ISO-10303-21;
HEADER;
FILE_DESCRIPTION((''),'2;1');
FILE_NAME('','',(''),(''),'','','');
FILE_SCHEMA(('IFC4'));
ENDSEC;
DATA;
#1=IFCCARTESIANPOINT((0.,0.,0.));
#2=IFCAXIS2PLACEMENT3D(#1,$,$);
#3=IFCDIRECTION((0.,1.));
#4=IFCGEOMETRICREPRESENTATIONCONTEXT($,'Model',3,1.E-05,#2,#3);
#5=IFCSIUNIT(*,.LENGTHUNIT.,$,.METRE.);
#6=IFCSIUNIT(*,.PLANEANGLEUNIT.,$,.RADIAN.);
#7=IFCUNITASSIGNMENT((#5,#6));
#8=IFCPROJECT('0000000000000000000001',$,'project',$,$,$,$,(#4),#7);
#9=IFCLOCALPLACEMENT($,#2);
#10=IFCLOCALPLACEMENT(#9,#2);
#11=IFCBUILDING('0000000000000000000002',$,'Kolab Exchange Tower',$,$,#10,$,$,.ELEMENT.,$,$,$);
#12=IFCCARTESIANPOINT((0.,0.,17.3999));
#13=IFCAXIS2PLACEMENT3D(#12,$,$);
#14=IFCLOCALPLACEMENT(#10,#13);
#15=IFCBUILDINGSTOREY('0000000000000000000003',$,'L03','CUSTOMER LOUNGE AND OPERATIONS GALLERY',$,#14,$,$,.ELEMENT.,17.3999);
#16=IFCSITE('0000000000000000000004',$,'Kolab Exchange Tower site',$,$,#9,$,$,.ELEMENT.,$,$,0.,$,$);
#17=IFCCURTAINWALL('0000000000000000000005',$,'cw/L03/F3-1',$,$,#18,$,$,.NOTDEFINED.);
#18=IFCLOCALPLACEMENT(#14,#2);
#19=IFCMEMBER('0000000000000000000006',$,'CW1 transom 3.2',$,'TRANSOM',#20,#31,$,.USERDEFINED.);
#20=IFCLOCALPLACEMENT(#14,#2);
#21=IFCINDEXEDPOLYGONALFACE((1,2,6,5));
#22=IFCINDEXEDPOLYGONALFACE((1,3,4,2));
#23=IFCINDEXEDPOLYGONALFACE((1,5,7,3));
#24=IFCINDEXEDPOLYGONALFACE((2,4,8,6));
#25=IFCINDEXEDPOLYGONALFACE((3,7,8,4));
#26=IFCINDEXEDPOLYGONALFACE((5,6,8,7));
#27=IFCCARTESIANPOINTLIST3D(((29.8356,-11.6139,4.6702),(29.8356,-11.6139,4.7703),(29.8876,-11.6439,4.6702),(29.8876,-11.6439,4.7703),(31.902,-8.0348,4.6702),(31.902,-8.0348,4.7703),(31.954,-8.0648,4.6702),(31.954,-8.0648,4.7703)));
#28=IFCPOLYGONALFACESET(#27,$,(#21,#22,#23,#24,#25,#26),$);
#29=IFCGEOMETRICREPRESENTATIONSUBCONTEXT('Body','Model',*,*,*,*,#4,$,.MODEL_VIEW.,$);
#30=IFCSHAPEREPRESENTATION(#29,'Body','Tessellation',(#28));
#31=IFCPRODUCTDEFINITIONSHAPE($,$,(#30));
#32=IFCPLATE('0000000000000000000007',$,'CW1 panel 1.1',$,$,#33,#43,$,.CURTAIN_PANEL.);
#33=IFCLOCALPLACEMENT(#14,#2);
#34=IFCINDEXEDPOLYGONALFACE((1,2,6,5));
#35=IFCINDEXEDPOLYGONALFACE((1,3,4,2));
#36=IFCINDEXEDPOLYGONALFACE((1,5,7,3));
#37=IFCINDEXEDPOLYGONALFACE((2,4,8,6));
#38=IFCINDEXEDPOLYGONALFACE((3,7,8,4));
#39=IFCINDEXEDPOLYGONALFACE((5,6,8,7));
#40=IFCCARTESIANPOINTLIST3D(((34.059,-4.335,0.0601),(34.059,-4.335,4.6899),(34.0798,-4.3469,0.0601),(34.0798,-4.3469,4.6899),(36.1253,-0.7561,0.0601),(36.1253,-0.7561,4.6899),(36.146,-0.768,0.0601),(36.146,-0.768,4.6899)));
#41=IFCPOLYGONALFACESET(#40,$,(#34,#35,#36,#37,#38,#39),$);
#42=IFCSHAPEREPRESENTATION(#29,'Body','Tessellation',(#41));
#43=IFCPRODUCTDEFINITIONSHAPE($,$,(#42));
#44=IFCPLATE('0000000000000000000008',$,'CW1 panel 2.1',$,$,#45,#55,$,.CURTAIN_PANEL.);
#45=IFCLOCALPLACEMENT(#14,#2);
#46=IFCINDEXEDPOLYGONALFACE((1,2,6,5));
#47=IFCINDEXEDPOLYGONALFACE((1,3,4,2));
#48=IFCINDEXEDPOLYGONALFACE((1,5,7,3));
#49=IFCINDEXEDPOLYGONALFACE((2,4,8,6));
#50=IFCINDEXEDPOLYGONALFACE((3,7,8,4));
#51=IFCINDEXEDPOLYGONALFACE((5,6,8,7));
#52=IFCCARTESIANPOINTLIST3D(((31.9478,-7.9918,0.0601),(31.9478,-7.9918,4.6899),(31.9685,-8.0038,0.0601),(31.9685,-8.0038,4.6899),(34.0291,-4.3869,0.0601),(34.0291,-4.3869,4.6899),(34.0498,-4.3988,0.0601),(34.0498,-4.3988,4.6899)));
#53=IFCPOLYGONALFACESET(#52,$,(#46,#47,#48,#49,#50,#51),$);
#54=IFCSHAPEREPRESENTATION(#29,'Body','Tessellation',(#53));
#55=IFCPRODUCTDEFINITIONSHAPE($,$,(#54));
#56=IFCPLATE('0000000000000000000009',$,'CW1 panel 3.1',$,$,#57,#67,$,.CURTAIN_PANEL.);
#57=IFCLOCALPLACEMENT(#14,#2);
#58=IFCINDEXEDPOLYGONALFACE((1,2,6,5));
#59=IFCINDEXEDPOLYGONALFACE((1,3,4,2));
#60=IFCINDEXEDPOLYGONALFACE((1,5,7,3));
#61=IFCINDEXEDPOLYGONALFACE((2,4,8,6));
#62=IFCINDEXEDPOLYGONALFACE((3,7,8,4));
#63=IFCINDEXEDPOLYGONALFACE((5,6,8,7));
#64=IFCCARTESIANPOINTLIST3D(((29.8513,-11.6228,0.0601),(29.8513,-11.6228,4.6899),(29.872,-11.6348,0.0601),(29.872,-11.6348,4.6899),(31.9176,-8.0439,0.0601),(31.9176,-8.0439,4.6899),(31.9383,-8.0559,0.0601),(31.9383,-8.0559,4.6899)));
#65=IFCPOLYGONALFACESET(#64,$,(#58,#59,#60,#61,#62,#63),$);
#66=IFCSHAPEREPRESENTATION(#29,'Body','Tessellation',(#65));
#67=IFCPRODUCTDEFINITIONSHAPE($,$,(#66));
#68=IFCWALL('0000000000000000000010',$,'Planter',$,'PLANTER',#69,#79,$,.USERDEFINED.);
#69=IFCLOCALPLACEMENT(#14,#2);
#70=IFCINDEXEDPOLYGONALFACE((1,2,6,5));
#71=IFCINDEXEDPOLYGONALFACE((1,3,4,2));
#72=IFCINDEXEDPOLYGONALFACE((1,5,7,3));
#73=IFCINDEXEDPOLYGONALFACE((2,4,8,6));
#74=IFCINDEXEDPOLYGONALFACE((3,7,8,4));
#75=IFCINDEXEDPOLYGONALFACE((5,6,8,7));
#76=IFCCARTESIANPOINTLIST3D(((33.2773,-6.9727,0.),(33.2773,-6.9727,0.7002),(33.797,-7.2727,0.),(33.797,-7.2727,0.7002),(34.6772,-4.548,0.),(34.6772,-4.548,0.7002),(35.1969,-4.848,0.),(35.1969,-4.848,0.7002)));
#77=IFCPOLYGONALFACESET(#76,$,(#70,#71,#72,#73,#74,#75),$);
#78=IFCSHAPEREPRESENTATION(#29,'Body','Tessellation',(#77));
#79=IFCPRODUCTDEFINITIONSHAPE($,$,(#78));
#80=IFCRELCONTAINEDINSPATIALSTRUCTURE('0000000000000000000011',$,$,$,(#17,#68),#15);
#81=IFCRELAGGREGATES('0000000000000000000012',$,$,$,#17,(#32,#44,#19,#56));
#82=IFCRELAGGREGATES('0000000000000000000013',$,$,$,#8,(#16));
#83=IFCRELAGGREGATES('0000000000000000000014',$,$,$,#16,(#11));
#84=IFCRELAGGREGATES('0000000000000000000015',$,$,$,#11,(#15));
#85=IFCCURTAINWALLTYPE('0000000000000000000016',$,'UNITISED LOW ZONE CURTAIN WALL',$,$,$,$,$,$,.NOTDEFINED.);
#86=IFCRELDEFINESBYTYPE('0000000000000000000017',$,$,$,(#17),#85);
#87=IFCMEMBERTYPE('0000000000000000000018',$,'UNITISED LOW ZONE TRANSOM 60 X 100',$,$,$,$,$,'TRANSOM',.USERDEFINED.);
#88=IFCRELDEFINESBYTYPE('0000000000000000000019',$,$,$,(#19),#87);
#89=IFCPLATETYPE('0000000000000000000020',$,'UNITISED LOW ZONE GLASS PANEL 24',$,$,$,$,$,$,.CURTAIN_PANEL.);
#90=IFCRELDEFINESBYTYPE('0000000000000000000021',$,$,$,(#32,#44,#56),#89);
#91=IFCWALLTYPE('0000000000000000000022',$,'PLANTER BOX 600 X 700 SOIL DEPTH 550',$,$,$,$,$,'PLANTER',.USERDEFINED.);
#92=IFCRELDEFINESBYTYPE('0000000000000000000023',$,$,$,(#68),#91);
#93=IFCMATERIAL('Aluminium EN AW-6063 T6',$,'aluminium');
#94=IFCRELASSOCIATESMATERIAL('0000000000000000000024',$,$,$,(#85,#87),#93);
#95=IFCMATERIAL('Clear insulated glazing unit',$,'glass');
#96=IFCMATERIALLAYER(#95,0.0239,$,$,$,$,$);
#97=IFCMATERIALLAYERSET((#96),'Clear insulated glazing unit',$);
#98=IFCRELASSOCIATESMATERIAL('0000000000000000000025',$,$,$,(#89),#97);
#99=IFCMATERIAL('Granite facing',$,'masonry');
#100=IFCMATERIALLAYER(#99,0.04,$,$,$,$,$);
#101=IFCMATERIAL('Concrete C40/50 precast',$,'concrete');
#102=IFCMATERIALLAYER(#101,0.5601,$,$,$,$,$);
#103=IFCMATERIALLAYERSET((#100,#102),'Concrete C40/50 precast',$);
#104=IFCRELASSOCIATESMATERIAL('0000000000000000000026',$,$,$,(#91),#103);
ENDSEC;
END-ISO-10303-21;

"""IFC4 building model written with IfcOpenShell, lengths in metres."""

from ifc_helpers import new_model, si_unit, direction, frame, frame_2d, origin, origin_2d, place, context, subcontext, project, spatial, rectangle, extrude, material, layer, layer_set, material_profile, profile_set, type_object, element, aggregate, save


model = new_model("IFC4")

# Units and contexts
model_context = context("Model", 3, precision=1e-05, world=origin(), true_north=direction((0.0, 1.0)))
body_context = subcontext(model_context, "Body", "Model", "MODEL_VIEW")
ifc_project = project(units=[si_unit("LENGTHUNIT", "METRE"), si_unit("PLANEANGLEUNIT", "RADIAN")], contexts=[model_context])

# Site, building, storey
site_placement = place(None, origin())
site = spatial("IfcSite", under=ifc_project, at=site_placement, Name="Kolab Exchange Tower site", CompositionType="ELEMENT", RefElevation=0.0)
building_placement = place(site_placement, origin())
building = spatial("IfcBuilding", under=site, at=building_placement, Name="Kolab Exchange Tower", CompositionType="ELEMENT")
storey_placement = place(building_placement, frame((0.0, 0.0, 17.3999)))
storey = spatial("IfcBuildingStorey", under=building, at=storey_placement, Name="L03", Description="CUSTOMER LOUNGE AND OPERATIONS GALLERY", CompositionType="ELEMENT", Elevation=17.3999)

# Curtain wall
ifc_material_1 = material(Name="Aluminium EN AW-6063 T6", Category="aluminium")
curtain_wall_type = type_object("IfcCurtainWallType", Name="UNITISED LOW ZONE CURTAIN WALL", PredefinedType="NOTDEFINED", material=ifc_material_1)
curtain_wall_1_placement = place(storey_placement, origin())
curtain_wall_1 = element("IfcCurtainWall", 1, at=curtain_wall_1_placement, inside=storey, type_object=curtain_wall_type, Name="cw/L03/F3-1", PredefinedType="NOTDEFINED")

# Member
ifc_material_profile_1 = material_profile(ifc_material_1, rectangle(XDim=0.0601, YDim=0.1001, at=origin_2d()), Name="RECT 60X100")
ifc_profile_set_1 = profile_set([ifc_material_profile_1], Name="Aluminium EN AW-6063 T6")
member_type_1 = type_object("IfcMemberType", Name="UNITISED LOW ZONE TRANSOM 60 X 100", ElementType="TRANSOM", PredefinedType="USERDEFINED", material=ifc_profile_set_1)
member_1_placement = place(storey_placement, frame((31.928, -8.0498, 4.7202), z_axis=(-0.500002, -0.866024, 0.0), x_axis=(0.866024, -0.500002, 0.0)))
member_1 = element("IfcMember", 2, at=member_1_placement, type_object=member_type_1, Name="CW1 transom 3.2", ObjectType="TRANSOM", PredefinedType="USERDEFINED", context=body_context, shape_type="SweptSolid", body=[
    extrude(rectangle(XDim=0.0601, YDim=0.1001, at=origin_2d()), origin(), (0.0, 0.0, 1.0), 4.1328),
])

# Plates
ifc_material_2 = material(Name="Clear insulated glazing unit", Category="glass")
ifc_layer_1 = layer(ifc_material_2, 0.0239)
ifc_layer_set_1 = layer_set([ifc_layer_1], Name="Clear insulated glazing unit")
plate_type = type_object("IfcPlateType", Name="UNITISED LOW ZONE GLASS PANEL 24", PredefinedType="CURTAIN_PANEL", material=ifc_layer_set_1)
plate_1_placement = place(storey_placement, frame((35.1025, -2.5515, 0.0601), z_axis=(0.0, 0.0, 1.0), x_axis=(-0.5, -0.866025, 0.0)))
plate_1 = element("IfcPlate", 3, at=plate_1_placement, type_object=plate_type, Name="CW1 panel 1.1", PredefinedType="CURTAIN_PANEL", context=body_context, shape_type="SweptSolid", body=[
    extrude(rectangle(XDim=4.1326, YDim=0.0239, at=origin_2d()), origin(), (0.0, 0.0, 1.0), 4.6299),
])
plate_2_placement = place(storey_placement, frame((32.9988, -6.1953, 0.0601), z_axis=(0.0, 0.0, 1.0), x_axis=(-0.5, -0.866025, 0.0)))
plate_2 = element("IfcPlate", 4, at=plate_2_placement, type_object=plate_type, Name="CW1 panel 2.1", PredefinedType="CURTAIN_PANEL", context=body_context, shape_type="SweptSolid", body=[
    extrude(rectangle(XDim=4.1626, YDim=0.0239, at=origin_2d()), origin(), (0.0, 0.0, 1.0), 4.6299),
])
plate_3_placement = place(storey_placement, frame((30.8948, -9.8394, 0.0601), z_axis=(0.0, 0.0, 1.0), x_axis=(-0.5, -0.866025, 0.0)))
plate_3 = element("IfcPlate", 5, at=plate_3_placement, type_object=plate_type, Name="CW1 panel 3.1", PredefinedType="CURTAIN_PANEL", context=body_context, shape_type="SweptSolid", body=[
    extrude(rectangle(XDim=4.1326, YDim=0.0239, at=origin_2d()), origin(), (0.0, 0.0, 1.0), 4.6299),
])
aggregate(curtain_wall_1, [plate_1, plate_2, member_1, plate_3])

# Wall
ifc_material_3 = material(Name="Granite facing", Category="masonry")
ifc_layer_2 = layer(ifc_material_3, 0.04)
ifc_material_4 = material(Name="Concrete C40/50 precast", Category="concrete")
ifc_layer_3 = layer(ifc_material_4, 0.5601)
ifc_layer_set_2 = layer_set([ifc_layer_2, ifc_layer_3], Name="Concrete C40/50 precast")
wall_type_1 = type_object("IfcWallType", Name="PLANTER BOX 600 X 700 SOIL DEPTH 550", ElementType="PLANTER", PredefinedType="USERDEFINED", material=ifc_layer_set_2)
wall_1_placement = place(storey_placement, frame((34.937, -4.698, 0.0), z_axis=(0.0, 0.0, 1.0), x_axis=(-0.499984, -0.866035, 0.0)))
element("IfcWall", 6, at=wall_1_placement, inside=storey, type_object=wall_type_1, Name="Planter", ObjectType="PLANTER", PredefinedType="USERDEFINED", context=body_context, shape_type="SweptSolid", body=[
    extrude(rectangle(XDim=2.7998, YDim=0.6001, at=frame_2d((1.3999, 0.0))), origin(), (0.0, 0.0, 1.0), 0.7002),
])

save(model, "model.ifc")
